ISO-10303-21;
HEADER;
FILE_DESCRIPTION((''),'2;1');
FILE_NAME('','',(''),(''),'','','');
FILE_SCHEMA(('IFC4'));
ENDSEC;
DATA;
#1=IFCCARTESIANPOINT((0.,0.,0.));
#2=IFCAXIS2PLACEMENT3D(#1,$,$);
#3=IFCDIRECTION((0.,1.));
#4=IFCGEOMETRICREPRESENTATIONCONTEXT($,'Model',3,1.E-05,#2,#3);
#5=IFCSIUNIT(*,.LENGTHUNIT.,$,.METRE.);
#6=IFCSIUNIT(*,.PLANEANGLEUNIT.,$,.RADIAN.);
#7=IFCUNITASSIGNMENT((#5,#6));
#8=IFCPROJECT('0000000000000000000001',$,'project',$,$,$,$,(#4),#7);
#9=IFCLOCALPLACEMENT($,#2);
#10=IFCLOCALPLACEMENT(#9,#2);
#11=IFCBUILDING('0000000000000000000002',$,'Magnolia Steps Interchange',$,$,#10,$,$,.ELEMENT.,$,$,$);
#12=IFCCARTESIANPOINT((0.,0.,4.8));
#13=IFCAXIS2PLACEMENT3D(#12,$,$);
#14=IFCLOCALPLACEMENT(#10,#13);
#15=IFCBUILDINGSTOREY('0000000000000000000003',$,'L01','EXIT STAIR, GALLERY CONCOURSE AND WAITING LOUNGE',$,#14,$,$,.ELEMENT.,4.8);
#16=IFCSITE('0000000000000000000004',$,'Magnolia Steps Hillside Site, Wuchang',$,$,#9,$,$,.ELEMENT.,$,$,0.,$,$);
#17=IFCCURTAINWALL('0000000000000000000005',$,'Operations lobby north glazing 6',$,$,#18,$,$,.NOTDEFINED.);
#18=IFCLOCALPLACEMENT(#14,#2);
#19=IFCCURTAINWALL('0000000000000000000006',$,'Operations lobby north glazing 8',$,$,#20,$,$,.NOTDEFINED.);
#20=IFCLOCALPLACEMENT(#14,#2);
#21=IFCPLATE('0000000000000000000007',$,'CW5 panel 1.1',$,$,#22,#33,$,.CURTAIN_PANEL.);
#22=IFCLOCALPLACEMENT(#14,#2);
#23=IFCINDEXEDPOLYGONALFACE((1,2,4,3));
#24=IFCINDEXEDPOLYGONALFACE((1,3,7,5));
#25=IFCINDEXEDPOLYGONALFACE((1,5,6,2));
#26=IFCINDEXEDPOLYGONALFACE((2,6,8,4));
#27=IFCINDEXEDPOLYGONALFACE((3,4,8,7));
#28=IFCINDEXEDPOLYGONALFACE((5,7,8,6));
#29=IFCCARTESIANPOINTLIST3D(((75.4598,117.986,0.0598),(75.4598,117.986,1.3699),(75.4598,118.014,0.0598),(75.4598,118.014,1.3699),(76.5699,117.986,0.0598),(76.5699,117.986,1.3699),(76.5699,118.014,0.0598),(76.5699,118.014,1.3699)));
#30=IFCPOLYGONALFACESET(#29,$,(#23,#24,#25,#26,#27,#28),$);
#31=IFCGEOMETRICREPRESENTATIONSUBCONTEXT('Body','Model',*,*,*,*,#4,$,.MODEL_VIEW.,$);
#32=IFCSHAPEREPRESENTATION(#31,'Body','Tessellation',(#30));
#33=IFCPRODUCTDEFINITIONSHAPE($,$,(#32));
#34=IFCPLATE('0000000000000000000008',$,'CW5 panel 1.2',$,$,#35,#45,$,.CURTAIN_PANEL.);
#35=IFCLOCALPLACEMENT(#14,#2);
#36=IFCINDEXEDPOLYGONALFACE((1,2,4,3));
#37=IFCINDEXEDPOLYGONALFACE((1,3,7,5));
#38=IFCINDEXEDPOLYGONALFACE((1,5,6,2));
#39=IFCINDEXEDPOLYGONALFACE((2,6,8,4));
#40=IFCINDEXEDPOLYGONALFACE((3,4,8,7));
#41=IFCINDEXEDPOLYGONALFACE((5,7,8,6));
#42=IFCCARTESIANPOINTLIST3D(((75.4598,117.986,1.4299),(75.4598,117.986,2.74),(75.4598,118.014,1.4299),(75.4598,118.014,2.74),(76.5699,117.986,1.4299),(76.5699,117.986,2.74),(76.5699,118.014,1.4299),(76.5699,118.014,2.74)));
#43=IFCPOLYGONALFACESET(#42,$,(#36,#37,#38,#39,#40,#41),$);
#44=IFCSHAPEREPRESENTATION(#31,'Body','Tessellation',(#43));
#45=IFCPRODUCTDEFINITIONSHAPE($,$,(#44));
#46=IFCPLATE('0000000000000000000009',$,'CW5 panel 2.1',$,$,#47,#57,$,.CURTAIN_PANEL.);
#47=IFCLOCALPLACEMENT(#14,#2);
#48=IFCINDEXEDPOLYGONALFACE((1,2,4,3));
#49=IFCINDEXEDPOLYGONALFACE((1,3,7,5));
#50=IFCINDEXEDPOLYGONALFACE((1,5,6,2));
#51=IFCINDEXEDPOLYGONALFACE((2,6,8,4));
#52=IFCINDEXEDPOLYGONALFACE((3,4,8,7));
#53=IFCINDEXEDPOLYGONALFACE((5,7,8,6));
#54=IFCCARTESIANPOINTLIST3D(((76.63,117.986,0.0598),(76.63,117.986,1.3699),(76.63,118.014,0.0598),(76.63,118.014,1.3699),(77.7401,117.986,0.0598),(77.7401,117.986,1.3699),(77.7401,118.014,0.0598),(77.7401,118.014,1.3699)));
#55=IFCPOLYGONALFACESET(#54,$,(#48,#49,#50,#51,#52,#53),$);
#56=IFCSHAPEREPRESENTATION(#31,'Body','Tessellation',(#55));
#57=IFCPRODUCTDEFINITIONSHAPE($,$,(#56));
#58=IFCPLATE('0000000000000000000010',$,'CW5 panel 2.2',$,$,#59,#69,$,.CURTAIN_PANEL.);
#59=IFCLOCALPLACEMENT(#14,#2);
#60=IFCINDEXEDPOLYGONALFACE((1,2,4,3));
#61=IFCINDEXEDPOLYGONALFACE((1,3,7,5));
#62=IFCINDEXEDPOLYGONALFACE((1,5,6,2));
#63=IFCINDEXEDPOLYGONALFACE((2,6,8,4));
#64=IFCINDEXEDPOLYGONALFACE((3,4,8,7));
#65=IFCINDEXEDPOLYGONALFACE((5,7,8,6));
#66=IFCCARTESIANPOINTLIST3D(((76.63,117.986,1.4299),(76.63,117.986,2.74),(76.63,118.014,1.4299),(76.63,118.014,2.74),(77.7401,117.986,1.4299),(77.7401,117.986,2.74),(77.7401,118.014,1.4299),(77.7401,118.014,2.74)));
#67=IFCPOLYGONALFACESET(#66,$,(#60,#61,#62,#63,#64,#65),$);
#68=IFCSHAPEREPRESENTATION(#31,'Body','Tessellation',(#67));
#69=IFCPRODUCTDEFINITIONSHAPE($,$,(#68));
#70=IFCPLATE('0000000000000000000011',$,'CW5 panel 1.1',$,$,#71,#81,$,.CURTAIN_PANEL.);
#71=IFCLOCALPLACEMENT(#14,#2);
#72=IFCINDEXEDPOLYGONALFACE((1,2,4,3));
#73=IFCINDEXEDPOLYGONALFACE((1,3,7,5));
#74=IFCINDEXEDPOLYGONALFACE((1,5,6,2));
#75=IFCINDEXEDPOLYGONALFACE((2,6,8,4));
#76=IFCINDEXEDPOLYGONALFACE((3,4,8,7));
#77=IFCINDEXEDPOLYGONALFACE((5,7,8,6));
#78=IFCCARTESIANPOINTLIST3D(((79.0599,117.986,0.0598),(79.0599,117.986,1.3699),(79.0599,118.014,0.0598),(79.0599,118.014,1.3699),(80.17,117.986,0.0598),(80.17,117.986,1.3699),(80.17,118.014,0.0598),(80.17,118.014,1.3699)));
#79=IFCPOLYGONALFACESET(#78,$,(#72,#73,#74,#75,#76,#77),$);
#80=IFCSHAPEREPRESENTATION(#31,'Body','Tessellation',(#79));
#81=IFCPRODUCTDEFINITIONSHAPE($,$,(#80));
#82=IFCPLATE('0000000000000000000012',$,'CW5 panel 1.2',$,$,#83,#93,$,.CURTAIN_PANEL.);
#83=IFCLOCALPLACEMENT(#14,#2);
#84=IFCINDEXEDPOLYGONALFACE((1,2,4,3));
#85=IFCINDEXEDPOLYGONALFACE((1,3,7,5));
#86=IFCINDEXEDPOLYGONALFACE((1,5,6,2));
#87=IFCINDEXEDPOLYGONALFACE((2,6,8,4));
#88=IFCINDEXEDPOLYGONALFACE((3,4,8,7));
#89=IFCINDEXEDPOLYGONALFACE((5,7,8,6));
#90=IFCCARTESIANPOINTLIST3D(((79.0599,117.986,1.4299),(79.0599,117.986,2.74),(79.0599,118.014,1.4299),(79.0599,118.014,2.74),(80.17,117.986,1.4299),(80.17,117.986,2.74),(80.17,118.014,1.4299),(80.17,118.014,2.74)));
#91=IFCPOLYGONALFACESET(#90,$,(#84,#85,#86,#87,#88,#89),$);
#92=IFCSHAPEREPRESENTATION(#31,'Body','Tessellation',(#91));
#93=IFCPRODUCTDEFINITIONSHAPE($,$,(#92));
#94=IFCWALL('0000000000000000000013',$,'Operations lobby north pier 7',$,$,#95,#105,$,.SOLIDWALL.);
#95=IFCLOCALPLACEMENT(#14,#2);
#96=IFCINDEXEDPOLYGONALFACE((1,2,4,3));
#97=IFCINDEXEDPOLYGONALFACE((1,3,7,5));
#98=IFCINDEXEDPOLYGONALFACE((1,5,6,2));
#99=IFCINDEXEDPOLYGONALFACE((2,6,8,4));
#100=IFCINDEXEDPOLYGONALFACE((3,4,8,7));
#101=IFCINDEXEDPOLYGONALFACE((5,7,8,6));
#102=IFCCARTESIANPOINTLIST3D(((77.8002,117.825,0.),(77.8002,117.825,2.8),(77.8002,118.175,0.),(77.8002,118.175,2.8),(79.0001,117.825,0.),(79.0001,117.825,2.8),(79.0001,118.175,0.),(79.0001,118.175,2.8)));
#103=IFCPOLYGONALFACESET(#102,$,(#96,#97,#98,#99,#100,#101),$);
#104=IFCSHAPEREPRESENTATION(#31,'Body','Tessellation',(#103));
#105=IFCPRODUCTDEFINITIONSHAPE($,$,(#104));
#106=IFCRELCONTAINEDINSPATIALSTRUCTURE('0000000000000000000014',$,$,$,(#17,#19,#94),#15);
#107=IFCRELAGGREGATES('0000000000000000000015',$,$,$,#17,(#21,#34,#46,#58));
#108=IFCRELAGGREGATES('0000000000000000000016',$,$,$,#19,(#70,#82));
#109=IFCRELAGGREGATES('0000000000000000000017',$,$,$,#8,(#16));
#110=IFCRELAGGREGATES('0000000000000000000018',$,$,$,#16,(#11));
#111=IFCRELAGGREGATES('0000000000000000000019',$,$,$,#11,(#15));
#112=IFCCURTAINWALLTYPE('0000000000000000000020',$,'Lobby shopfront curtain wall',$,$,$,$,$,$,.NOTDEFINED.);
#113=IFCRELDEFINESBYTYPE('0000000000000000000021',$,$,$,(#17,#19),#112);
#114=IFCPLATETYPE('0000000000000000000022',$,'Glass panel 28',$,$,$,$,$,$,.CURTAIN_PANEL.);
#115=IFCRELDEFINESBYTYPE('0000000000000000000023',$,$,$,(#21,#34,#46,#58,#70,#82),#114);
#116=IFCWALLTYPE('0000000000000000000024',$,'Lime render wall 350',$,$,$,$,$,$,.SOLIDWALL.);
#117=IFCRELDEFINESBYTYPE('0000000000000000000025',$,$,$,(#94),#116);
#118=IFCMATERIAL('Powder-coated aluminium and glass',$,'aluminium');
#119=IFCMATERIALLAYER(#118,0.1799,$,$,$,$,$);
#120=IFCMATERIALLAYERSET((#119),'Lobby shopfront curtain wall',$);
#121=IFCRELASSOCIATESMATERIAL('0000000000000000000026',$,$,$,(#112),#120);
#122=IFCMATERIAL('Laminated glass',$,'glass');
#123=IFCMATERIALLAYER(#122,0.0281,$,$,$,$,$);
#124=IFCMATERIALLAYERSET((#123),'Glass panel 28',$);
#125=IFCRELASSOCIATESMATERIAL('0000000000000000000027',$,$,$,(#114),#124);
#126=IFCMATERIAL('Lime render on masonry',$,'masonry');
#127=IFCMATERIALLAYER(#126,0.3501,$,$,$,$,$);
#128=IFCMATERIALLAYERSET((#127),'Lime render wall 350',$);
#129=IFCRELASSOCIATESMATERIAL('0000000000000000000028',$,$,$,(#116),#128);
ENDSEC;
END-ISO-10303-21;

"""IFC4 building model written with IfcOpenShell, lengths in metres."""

from ifc_helpers import new_model, si_unit, direction, frame, frame_2d, origin, origin_2d, place, context, subcontext, project, spatial, rectangle, extrude, material, layer, layer_set, type_object, element, aggregate, save


model = new_model("IFC4")

# Units and contexts
model_context = context("Model", 3, precision=1e-05, world=origin(), true_north=direction((0.0, 1.0)))
body_context = subcontext(model_context, "Body", "Model", "MODEL_VIEW")
ifc_project = project(units=[si_unit("LENGTHUNIT", "METRE"), si_unit("PLANEANGLEUNIT", "RADIAN")], contexts=[model_context])

# Site, building, storey
site_placement = place(None, origin())
site = spatial("IfcSite", under=ifc_project, at=site_placement, Name="Magnolia Steps Hillside Site, Wuchang", CompositionType="ELEMENT", RefElevation=0.0)
building_placement = place(site_placement, origin())
building = spatial("IfcBuilding", under=site, at=building_placement, Name="Magnolia Steps Interchange", CompositionType="ELEMENT")
storey_placement = place(building_placement, frame((0.0, 0.0, 4.8)))
storey = spatial("IfcBuildingStorey", under=building, at=storey_placement, Name="L01", Description="EXIT STAIR, GALLERY CONCOURSE AND WAITING LOUNGE", CompositionType="ELEMENT", Elevation=4.8)

# Curtain walls
ifc_material_1 = material(Name="Powder-coated aluminium and glass", Category="aluminium")
ifc_layer_1 = layer(ifc_material_1, 0.1799)
ifc_layer_set_1 = layer_set([ifc_layer_1], Name="Lobby shopfront curtain wall")
curtain_wall_type = type_object("IfcCurtainWallType", Name="Lobby shopfront curtain wall", PredefinedType="NOTDEFINED", material=ifc_layer_set_1)
curtain_wall_1_placement = place(storey_placement, origin())
curtain_wall_1 = element("IfcCurtainWall", 1, at=curtain_wall_1_placement, inside=storey, type_object=curtain_wall_type, Name="Operations lobby north glazing 6", PredefinedType="NOTDEFINED")
curtain_wall_2_placement = place(storey_placement, origin())
curtain_wall_2 = element("IfcCurtainWall", 2, at=curtain_wall_2_placement, inside=storey, type_object=curtain_wall_type, Name="Operations lobby north glazing 8", PredefinedType="NOTDEFINED")

# Plates
ifc_material_2 = material(Name="Laminated glass", Category="glass")
ifc_layer_2 = layer(ifc_material_2, 0.0281)
ifc_layer_set_2 = layer_set([ifc_layer_2], Name="Glass panel 28")
plate_type = type_object("IfcPlateType", Name="Glass panel 28", PredefinedType="CURTAIN_PANEL", material=ifc_layer_set_2)
plate_1_placement = place(storey_placement, frame((76.0149, 118.0, 0.0598), z_axis=(0.0, 0.0, 1.0), x_axis=(1.0, 0.0, 0.0)))
plate_1 = element("IfcPlate", 3, at=plate_1_placement, type_object=plate_type, Name="CW5 panel 1.1", PredefinedType="CURTAIN_PANEL", context=body_context, shape_type="SweptSolid", body=[
    extrude(rectangle(XDim=1.1101, YDim=0.0281, at=origin_2d()), origin(), (0.0, 0.0, 1.0), 1.3101),
])
plate_2_placement = place(storey_placement, frame((76.0149, 118.0, 1.4299), z_axis=(0.0, 0.0, 1.0), x_axis=(1.0, 0.0, 0.0)))
plate_2 = element("IfcPlate", 4, at=plate_2_placement, type_object=plate_type, Name="CW5 panel 1.2", PredefinedType="CURTAIN_PANEL", context=body_context, shape_type="SweptSolid", body=[
    extrude(rectangle(XDim=1.1101, YDim=0.0281, at=origin_2d()), origin(), (0.0, 0.0, 1.0), 1.3101),
])
plate_3_placement = place(storey_placement, frame((77.1851, 118.0, 0.0598), z_axis=(0.0, 0.0, 1.0), x_axis=(1.0, 0.0, 0.0)))
plate_3 = element("IfcPlate", 5, at=plate_3_placement, type_object=plate_type, Name="CW5 panel 2.1", PredefinedType="CURTAIN_PANEL", context=body_context, shape_type="SweptSolid", body=[
    extrude(rectangle(XDim=1.1101, YDim=0.0281, at=origin_2d()), origin(), (0.0, 0.0, 1.0), 1.3101),
])
plate_4_placement = place(storey_placement, frame((77.1851, 118.0, 1.4299), z_axis=(0.0, 0.0, 1.0), x_axis=(1.0, 0.0, 0.0)))
plate_4 = element("IfcPlate", 6, at=plate_4_placement, type_object=plate_type, Name="CW5 panel 2.2", PredefinedType="CURTAIN_PANEL", context=body_context, shape_type="SweptSolid", body=[
    extrude(rectangle(XDim=1.1101, YDim=0.0281, at=origin_2d()), origin(), (0.0, 0.0, 1.0), 1.3101),
])
aggregate(curtain_wall_1, [plate_1, plate_2, plate_3, plate_4])
plate_5_placement = place(storey_placement, frame((79.615, 118.0, 0.0598), z_axis=(0.0, 0.0, 1.0), x_axis=(1.0, 0.0, 0.0)))
plate_5 = element("IfcPlate", 7, at=plate_5_placement, type_object=plate_type, Name="CW5 panel 1.1", PredefinedType="CURTAIN_PANEL", context=body_context, shape_type="SweptSolid", body=[
    extrude(rectangle(XDim=1.1101, YDim=0.0281, at=origin_2d()), origin(), (0.0, 0.0, 1.0), 1.3101),
])
plate_6_placement = place(storey_placement, frame((79.615, 118.0, 1.4299), z_axis=(0.0, 0.0, 1.0), x_axis=(1.0, 0.0, 0.0)))
plate_6 = element("IfcPlate", 8, at=plate_6_placement, type_object=plate_type, Name="CW5 panel 1.2", PredefinedType="CURTAIN_PANEL", context=body_context, shape_type="SweptSolid", body=[
    extrude(rectangle(XDim=1.1101, YDim=0.0281, at=origin_2d()), origin(), (0.0, 0.0, 1.0), 1.3101),
])
aggregate(curtain_wall_2, [plate_5, plate_6])

# Wall
ifc_material_3 = material(Name="Lime render on masonry", Category="masonry")
ifc_layer_3 = layer(ifc_material_3, 0.3501)
ifc_layer_set_3 = layer_set([ifc_layer_3], Name="Lime render wall 350")
wall_type = type_object("IfcWallType", Name="Lime render wall 350", PredefinedType="SOLIDWALL", material=ifc_layer_set_3)
wall_placement = place(storey_placement, frame((77.8, 118.0, 0.0), z_axis=(0.0, 0.0, 1.0), x_axis=(1.0, 0.0, 0.0)))
element("IfcWall", 9, at=wall_placement, inside=storey, type_object=wall_type, Name="Operations lobby north pier 7", PredefinedType="SOLIDWALL", context=body_context, shape_type="SweptSolid", body=[
    extrude(rectangle(XDim=1.2, YDim=0.3501, at=frame_2d((0.6001, 0.0))), origin(), (0.0, 0.0, 1.0), 2.8),
])

save(model, "model.ifc")
